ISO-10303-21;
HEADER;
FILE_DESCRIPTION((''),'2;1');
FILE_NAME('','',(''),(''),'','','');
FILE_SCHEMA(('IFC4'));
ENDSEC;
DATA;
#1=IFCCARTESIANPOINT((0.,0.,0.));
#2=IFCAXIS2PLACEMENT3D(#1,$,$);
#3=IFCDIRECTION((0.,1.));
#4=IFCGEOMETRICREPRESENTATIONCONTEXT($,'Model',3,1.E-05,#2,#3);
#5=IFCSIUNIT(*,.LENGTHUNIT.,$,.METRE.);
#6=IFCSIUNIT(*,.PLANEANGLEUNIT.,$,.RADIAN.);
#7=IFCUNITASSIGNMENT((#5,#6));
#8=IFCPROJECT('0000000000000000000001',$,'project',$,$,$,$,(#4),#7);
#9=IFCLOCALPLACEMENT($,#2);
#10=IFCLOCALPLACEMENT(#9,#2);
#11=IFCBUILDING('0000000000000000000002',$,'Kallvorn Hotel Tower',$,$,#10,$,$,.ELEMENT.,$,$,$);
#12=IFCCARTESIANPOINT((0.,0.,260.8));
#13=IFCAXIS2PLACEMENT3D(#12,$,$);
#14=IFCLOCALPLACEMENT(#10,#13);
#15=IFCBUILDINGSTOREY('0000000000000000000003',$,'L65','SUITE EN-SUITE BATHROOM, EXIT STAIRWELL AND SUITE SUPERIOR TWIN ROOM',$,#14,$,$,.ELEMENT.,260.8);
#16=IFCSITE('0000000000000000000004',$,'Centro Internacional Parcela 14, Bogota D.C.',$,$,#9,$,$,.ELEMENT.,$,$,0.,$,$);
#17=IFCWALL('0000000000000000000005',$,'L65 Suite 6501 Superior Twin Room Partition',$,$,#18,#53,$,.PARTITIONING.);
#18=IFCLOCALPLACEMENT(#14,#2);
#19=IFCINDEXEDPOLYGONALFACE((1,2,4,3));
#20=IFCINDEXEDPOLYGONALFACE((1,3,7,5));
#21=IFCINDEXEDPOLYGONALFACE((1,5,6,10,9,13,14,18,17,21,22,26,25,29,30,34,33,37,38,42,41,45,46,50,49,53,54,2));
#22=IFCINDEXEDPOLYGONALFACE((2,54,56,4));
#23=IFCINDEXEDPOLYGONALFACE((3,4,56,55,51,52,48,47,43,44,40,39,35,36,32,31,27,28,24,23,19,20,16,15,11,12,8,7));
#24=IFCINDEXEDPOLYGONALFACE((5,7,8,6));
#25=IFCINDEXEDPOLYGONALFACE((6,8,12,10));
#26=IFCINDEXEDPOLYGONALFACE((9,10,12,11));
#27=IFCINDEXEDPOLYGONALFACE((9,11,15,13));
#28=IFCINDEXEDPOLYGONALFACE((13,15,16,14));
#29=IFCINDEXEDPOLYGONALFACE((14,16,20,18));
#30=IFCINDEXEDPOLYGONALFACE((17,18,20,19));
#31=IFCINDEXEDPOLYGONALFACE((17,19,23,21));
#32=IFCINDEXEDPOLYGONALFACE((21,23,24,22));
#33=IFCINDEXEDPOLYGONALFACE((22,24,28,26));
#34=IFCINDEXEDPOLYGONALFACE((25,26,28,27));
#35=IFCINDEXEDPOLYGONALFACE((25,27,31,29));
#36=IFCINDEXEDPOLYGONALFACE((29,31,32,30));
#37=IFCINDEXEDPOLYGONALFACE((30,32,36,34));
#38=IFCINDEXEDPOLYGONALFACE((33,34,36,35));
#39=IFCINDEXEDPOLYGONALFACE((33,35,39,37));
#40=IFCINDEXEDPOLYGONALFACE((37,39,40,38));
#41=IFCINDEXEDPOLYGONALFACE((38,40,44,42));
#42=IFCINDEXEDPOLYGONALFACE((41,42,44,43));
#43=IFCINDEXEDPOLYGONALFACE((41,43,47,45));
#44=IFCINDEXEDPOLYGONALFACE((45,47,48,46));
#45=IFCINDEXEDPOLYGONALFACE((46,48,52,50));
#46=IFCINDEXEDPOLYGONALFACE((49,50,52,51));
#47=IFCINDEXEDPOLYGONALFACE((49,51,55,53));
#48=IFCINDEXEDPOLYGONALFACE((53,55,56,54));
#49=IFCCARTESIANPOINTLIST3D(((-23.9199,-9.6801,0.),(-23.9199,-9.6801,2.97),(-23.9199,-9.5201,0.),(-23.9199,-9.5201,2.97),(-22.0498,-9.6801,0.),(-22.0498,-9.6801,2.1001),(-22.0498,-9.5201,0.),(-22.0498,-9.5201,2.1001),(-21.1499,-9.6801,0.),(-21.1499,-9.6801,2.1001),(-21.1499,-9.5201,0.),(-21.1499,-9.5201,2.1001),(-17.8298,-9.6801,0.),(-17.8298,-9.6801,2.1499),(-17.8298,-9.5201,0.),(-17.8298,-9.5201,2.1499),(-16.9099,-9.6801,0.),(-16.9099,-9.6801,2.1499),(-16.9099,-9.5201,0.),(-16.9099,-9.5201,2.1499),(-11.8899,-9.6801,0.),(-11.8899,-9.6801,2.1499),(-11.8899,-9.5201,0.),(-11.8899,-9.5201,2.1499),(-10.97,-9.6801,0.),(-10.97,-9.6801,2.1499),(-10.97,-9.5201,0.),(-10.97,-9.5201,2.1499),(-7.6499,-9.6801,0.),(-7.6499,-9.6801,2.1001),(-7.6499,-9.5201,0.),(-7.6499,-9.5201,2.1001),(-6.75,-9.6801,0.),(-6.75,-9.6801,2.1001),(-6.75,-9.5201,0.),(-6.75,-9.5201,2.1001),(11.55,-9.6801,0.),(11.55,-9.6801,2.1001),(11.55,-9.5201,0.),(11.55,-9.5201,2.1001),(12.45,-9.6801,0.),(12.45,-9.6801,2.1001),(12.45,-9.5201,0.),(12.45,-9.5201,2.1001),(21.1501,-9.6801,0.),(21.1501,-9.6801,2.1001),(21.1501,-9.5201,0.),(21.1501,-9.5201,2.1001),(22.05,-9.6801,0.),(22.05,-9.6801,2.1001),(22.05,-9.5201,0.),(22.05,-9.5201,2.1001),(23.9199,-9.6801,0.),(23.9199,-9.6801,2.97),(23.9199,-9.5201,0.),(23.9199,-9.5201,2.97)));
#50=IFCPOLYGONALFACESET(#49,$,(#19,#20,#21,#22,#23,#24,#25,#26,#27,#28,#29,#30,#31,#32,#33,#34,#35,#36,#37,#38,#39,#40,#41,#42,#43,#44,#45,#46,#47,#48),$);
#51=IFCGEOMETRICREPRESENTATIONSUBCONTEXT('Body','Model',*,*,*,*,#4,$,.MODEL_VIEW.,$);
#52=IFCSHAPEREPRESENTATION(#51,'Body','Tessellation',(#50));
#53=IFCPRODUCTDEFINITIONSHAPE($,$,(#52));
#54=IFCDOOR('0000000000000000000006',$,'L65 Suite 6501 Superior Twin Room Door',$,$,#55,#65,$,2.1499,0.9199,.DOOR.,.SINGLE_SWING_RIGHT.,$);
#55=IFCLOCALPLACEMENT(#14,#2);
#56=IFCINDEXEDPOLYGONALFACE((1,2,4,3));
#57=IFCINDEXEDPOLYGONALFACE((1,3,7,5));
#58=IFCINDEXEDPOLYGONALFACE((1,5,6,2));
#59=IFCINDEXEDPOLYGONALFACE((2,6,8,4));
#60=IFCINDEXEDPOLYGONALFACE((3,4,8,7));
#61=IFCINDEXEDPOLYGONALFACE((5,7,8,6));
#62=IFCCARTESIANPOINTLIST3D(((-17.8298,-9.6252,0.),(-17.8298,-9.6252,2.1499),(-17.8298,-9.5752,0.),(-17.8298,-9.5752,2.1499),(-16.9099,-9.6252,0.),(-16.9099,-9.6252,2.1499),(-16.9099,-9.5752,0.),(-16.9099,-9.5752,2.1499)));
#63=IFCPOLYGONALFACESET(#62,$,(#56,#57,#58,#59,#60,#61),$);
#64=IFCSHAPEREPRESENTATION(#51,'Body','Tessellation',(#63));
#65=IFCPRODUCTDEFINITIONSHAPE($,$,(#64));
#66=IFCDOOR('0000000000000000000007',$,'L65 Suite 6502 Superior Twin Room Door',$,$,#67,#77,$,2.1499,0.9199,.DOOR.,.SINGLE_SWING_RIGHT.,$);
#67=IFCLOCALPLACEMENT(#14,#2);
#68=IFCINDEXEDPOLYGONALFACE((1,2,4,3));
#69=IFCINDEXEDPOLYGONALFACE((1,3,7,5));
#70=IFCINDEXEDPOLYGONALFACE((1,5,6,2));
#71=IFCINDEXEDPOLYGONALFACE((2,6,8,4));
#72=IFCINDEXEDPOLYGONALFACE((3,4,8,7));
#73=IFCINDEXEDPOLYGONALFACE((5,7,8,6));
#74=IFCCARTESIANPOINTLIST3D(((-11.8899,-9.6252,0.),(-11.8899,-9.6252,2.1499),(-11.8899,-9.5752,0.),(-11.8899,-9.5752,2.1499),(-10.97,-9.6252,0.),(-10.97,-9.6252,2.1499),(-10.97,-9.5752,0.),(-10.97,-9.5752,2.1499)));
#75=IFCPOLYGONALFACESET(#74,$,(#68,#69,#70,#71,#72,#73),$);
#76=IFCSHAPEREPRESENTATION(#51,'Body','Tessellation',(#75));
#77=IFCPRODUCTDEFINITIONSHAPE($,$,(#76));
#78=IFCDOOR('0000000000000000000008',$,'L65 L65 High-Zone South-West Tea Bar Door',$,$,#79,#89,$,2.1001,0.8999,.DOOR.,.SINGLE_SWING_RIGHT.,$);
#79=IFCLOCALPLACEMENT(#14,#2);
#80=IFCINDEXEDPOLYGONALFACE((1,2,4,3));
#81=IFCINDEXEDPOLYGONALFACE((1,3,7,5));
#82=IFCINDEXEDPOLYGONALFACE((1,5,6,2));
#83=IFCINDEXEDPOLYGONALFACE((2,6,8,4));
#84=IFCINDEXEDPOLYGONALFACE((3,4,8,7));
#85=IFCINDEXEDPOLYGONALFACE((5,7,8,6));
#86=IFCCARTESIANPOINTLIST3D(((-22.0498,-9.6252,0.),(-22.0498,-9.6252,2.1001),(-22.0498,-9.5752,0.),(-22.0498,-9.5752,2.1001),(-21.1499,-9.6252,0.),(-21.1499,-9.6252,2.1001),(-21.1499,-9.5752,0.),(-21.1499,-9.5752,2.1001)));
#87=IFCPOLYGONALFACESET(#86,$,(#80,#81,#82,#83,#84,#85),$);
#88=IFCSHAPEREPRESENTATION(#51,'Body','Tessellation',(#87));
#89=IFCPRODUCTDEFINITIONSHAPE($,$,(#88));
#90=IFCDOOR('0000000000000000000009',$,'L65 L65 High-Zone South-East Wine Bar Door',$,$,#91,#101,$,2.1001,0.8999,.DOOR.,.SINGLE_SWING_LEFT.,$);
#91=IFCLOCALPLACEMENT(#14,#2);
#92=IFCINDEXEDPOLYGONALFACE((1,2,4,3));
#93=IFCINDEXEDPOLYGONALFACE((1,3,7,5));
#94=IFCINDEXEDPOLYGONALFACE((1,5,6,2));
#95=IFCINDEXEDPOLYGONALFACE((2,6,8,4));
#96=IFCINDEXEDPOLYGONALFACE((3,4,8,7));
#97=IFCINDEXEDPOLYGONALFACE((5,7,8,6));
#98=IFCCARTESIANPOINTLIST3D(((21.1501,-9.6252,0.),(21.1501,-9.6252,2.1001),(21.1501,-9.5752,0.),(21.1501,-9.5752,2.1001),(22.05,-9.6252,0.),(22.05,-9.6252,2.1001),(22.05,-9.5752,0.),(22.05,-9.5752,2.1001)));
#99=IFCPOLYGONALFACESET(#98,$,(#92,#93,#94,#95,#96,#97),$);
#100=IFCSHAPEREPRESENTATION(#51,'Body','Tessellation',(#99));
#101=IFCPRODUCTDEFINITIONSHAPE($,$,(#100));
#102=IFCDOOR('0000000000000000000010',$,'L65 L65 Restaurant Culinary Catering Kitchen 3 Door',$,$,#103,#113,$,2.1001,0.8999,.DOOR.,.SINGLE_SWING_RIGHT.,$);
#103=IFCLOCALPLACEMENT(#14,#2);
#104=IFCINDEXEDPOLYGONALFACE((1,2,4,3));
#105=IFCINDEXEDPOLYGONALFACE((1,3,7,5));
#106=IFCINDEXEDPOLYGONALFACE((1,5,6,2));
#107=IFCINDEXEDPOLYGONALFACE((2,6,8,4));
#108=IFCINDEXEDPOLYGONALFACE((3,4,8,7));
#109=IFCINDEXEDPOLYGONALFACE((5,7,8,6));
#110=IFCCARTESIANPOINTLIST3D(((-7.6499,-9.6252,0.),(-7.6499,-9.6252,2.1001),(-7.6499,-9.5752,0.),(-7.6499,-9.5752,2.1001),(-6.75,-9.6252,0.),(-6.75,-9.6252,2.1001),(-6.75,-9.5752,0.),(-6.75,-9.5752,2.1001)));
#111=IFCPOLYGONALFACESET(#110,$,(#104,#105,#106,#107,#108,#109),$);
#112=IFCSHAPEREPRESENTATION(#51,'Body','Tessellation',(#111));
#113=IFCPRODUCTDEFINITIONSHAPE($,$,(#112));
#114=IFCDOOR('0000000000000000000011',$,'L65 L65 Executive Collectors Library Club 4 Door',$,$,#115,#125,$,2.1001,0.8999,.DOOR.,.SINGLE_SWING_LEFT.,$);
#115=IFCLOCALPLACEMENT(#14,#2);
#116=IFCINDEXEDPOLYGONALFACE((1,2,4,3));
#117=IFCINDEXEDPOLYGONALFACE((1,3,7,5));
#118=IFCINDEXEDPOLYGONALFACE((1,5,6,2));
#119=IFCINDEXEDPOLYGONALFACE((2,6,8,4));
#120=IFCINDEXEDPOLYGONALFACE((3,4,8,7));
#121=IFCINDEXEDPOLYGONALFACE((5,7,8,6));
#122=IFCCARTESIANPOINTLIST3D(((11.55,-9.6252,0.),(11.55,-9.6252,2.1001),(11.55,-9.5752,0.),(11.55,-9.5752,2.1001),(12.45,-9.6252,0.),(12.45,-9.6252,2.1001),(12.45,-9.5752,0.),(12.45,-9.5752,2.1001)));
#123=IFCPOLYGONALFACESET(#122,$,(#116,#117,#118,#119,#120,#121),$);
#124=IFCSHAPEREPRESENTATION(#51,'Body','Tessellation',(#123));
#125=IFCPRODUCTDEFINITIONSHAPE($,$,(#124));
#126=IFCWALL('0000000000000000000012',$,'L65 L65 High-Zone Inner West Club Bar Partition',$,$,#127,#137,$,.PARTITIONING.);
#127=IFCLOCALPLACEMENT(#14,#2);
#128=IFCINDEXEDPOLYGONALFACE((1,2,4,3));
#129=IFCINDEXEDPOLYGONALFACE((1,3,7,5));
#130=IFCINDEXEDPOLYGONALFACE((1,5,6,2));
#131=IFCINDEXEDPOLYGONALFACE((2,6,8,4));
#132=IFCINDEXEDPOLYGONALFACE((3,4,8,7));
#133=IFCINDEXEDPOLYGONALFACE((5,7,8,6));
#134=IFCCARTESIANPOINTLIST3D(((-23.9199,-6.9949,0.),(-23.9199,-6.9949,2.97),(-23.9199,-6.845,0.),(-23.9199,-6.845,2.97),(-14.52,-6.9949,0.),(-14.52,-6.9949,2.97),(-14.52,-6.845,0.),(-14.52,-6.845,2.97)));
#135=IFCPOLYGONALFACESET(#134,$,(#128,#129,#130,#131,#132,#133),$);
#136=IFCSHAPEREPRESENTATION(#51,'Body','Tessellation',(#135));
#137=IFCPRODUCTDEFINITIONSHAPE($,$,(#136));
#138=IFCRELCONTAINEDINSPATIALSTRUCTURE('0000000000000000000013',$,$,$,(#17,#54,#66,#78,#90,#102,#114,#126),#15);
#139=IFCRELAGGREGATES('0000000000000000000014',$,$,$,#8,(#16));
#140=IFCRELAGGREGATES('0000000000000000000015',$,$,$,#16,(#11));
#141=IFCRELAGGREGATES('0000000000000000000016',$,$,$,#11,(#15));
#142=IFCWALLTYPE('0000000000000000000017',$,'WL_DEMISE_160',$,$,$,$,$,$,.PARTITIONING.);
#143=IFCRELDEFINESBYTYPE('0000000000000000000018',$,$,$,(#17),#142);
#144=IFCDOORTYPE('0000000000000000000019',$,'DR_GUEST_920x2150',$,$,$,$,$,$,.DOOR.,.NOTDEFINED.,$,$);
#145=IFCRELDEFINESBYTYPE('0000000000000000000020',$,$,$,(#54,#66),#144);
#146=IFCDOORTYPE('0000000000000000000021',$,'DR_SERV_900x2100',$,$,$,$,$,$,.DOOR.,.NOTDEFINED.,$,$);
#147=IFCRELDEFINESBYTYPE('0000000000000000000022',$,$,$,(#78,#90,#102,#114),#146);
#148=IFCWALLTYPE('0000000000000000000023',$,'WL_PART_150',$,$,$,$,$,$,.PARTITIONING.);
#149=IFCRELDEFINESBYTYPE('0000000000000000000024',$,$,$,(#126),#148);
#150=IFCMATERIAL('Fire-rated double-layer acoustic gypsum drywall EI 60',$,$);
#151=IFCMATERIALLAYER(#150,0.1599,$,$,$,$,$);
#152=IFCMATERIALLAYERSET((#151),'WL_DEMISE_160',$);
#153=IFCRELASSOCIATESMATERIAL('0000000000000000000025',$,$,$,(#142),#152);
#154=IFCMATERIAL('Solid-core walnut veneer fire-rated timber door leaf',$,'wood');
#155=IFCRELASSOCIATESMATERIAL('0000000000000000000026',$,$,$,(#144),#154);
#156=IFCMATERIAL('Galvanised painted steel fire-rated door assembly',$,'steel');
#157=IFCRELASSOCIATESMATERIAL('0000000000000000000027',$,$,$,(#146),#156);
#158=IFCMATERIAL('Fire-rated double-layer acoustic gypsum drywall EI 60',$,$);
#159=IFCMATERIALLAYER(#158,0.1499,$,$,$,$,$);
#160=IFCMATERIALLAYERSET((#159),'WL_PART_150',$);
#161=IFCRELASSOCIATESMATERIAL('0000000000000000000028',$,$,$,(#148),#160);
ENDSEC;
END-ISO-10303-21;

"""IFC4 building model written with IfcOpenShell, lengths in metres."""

from ifc_helpers import new_model, si_unit, direction, frame, frame_2d, origin, place, context, subcontext, project, spatial, rectangle, extrude, material, layer, layer_set, type_object, element, fill, save


model = new_model("IFC4")

# Units and contexts
model_context = context("Model", 3, precision=1e-05, world=origin(), true_north=direction((0.0, 1.0)))
body_context = subcontext(model_context, "Body", "Model", "MODEL_VIEW")
ifc_project = project(units=[si_unit("LENGTHUNIT", "METRE"), si_unit("PLANEANGLEUNIT", "RADIAN")], contexts=[model_context])

# Site, building, storey
site_placement = place(None, origin())
site = spatial("IfcSite", under=ifc_project, at=site_placement, Name="Centro Internacional Parcela 14, Bogota D.C.", CompositionType="ELEMENT", RefElevation=0.0)
building_placement = place(site_placement, origin())
building = spatial("IfcBuilding", under=site, at=building_placement, Name="Kallvorn Hotel Tower", CompositionType="ELEMENT")
storey_placement = place(building_placement, frame((0.0, 0.0, 260.8)))
storey = spatial("IfcBuildingStorey", under=building, at=storey_placement, Name="L65", Description="SUITE EN-SUITE BATHROOM, EXIT STAIRWELL AND SUITE SUPERIOR TWIN ROOM", CompositionType="ELEMENT", Elevation=260.8)

# Wall, openings, doors
ifc_material_1 = material(Name="Fire-rated double-layer acoustic gypsum drywall EI 60")
ifc_layer_1 = layer(ifc_material_1, 0.1599)
ifc_layer_set_1 = layer_set([ifc_layer_1], Name="WL_DEMISE_160")
wall_type_1 = type_object("IfcWallType", Name="WL_DEMISE_160", PredefinedType="PARTITIONING", material=ifc_layer_set_1)
wall_1_placement = place(storey_placement, frame((-23.9199, -9.6001, 0.0), z_axis=(0.0, 0.0, 1.0), x_axis=(1.0, 0.0, 0.0)))
wall_1 = element("IfcWall", 1, at=wall_1_placement, inside=storey, type_object=wall_type_1, Name="L65 Suite 6501 Superior Twin Room Partition", PredefinedType="PARTITIONING", context=body_context, shape_type="SweptSolid", body=[
    extrude(rectangle(XDim=47.8398, YDim=0.1599, at=frame_2d((23.9199, 0.0))), origin(), (0.0, 0.0, 1.0), 2.97),
])
opening_1_placement = place(wall_1_placement, frame((1.8701, 0.0, 0.0)))
opening_1 = element("IfcOpeningElement", 2, at=opening_1_placement, cuts=wall_1, PredefinedType="OPENING", context=body_context, shape_type="SweptSolid", body=[
    extrude(rectangle(XDim=0.8999, YDim=2.1001, at=frame_2d((0.45, 1.05))), frame((0.0, 0.095, 0.0), z_axis=(0.0, -1.0, 0.0), x_axis=(1.0, 0.0, 0.0)), (0.0, 0.0, 1.0), 0.1899),
])
opening_2_placement = place(wall_1_placement, frame((45.0701, 0.0, 0.0)))
opening_2 = element("IfcOpeningElement", 3, at=opening_2_placement, cuts=wall_1, PredefinedType="OPENING", context=body_context, shape_type="SweptSolid", body=[
    extrude(rectangle(XDim=0.8999, YDim=2.1001, at=frame_2d((0.45, 1.05))), frame((0.0, 0.095, 0.0), z_axis=(0.0, -1.0, 0.0), x_axis=(1.0, 0.0, 0.0)), (0.0, 0.0, 1.0), 0.1899),
])
opening_3_placement = place(wall_1_placement, frame((6.0901, 0.0, 0.0)))
opening_3 = element("IfcOpeningElement", 4, at=opening_3_placement, cuts=wall_1, PredefinedType="OPENING", context=body_context, shape_type="SweptSolid", body=[
    extrude(rectangle(XDim=0.9199, YDim=2.1499, at=frame_2d((0.46, 1.075))), frame((0.0, 0.095, 0.0), z_axis=(0.0, -1.0, 0.0), x_axis=(1.0, 0.0, 0.0)), (0.0, 0.0, 1.0), 0.1899),
])
opening_4_placement = place(wall_1_placement, frame((12.03, 0.0, 0.0)))
opening_4 = element("IfcOpeningElement", 5, at=opening_4_placement, cuts=wall_1, PredefinedType="OPENING", context=body_context, shape_type="SweptSolid", body=[
    extrude(rectangle(XDim=0.9199, YDim=2.1499, at=frame_2d((0.46, 1.075))), frame((0.0, 0.095, 0.0), z_axis=(0.0, -1.0, 0.0), x_axis=(1.0, 0.0, 0.0)), (0.0, 0.0, 1.0), 0.1899),
])
opening_5_placement = place(wall_1_placement, frame((16.27, 0.0, 0.0)))
opening_5 = element("IfcOpeningElement", 6, at=opening_5_placement, cuts=wall_1, PredefinedType="OPENING", context=body_context, shape_type="SweptSolid", body=[
    extrude(rectangle(XDim=0.8999, YDim=2.1001, at=frame_2d((0.45, 1.05))), frame((0.0, 0.095, 0.0), z_axis=(0.0, -1.0, 0.0), x_axis=(1.0, 0.0, 0.0)), (0.0, 0.0, 1.0), 0.1899),
])
opening_6_placement = place(wall_1_placement, frame((35.47, 0.0, 0.0)))
opening_6 = element("IfcOpeningElement", 7, at=opening_6_placement, cuts=wall_1, PredefinedType="OPENING", context=body_context, shape_type="SweptSolid", body=[
    extrude(rectangle(XDim=0.8999, YDim=2.1001, at=frame_2d((0.45, 1.05))), frame((0.0, 0.095, 0.0), z_axis=(0.0, -1.0, 0.0), x_axis=(1.0, 0.0, 0.0)), (0.0, 0.0, 1.0), 0.1899),
])
ifc_material_2 = material(Name="Solid-core walnut veneer fire-rated timber door leaf", Category="wood")
door_type_1 = type_object("IfcDoorType", Name="DR_GUEST_920x2150", OperationType="NOTDEFINED", PredefinedType="DOOR", material=ifc_material_2)
door_1_placement = place(opening_3_placement, origin())
door_1 = element("IfcDoor", 8, at=door_1_placement, inside=storey, type_object=door_type_1, Name="L65 Suite 6501 Superior Twin Room Door", OperationType="SINGLE_SWING_RIGHT", OverallHeight=2.1499, OverallWidth=0.9199, PredefinedType="DOOR", context=body_context, shape_type="SweptSolid", body=[
    extrude(rectangle(XDim=0.9199, YDim=2.1499, at=frame_2d((0.46, 1.075))), frame((0.0, 0.0249, 0.0), z_axis=(0.0, -1.0, 0.0), x_axis=(1.0, 0.0, 0.0)), (0.0, 0.0, 1.0), 0.05),
])
fill(opening_3, door_1)
door_2_placement = place(opening_4_placement, origin())
door_2 = element("IfcDoor", 9, at=door_2_placement, inside=storey, type_object=door_type_1, Name="L65 Suite 6502 Superior Twin Room Door", OperationType="SINGLE_SWING_RIGHT", OverallHeight=2.1499, OverallWidth=0.9199, PredefinedType="DOOR", context=body_context, shape_type="SweptSolid", body=[
    extrude(rectangle(XDim=0.9199, YDim=2.1499, at=frame_2d((0.46, 1.075))), frame((0.0, 0.0249, 0.0), z_axis=(0.0, -1.0, 0.0), x_axis=(1.0, 0.0, 0.0)), (0.0, 0.0, 1.0), 0.05),
])
fill(opening_4, door_2)
ifc_material_3 = material(Name="Galvanised painted steel fire-rated door assembly", Category="steel")
door_type_2 = type_object("IfcDoorType", Name="DR_SERV_900x2100", OperationType="NOTDEFINED", PredefinedType="DOOR", material=ifc_material_3)
door_3_placement = place(opening_1_placement, origin())
door_3 = element("IfcDoor", 10, at=door_3_placement, inside=storey, type_object=door_type_2, Name="L65 L65 High-Zone South-West Tea Bar Door", OperationType="SINGLE_SWING_RIGHT", OverallHeight=2.1001, OverallWidth=0.8999, PredefinedType="DOOR", context=body_context, shape_type="SweptSolid", body=[
    extrude(rectangle(XDim=0.8999, YDim=2.1001, at=frame_2d((0.45, 1.05))), frame((0.0, 0.0249, 0.0), z_axis=(0.0, -1.0, 0.0), x_axis=(1.0, 0.0, 0.0)), (0.0, 0.0, 1.0), 0.05),
])
fill(opening_1, door_3)
door_4_placement = place(opening_2_placement, origin())
door_4 = element("IfcDoor", 11, at=door_4_placement, inside=storey, type_object=door_type_2, Name="L65 L65 High-Zone South-East Wine Bar Door", OperationType="SINGLE_SWING_LEFT", OverallHeight=2.1001, OverallWidth=0.8999, PredefinedType="DOOR", context=body_context, shape_type="SweptSolid", body=[
    extrude(rectangle(XDim=0.8999, YDim=2.1001, at=frame_2d((0.45, 1.05))), frame((0.0, 0.0249, 0.0), z_axis=(0.0, -1.0, 0.0), x_axis=(1.0, 0.0, 0.0)), (0.0, 0.0, 1.0), 0.05),
])
fill(opening_2, door_4)
door_5_placement = place(opening_5_placement, origin())
door_5 = element("IfcDoor", 12, at=door_5_placement, inside=storey, type_object=door_type_2, Name="L65 L65 Restaurant Culinary Catering Kitchen 3 Door", OperationType="SINGLE_SWING_RIGHT", OverallHeight=2.1001, OverallWidth=0.8999, PredefinedType="DOOR", context=body_context, shape_type="SweptSolid", body=[
    extrude(rectangle(XDim=0.8999, YDim=2.1001, at=frame_2d((0.45, 1.05))), frame((0.0, 0.0249, 0.0), z_axis=(0.0, -1.0, 0.0), x_axis=(1.0, 0.0, 0.0)), (0.0, 0.0, 1.0), 0.05),
])
fill(opening_5, door_5)
door_6_placement = place(opening_6_placement, origin())
door_6 = element("IfcDoor", 13, at=door_6_placement, inside=storey, type_object=door_type_2, Name="L65 L65 Executive Collectors Library Club 4 Door", OperationType="SINGLE_SWING_LEFT", OverallHeight=2.1001, OverallWidth=0.8999, PredefinedType="DOOR", context=body_context, shape_type="SweptSolid", body=[
    extrude(rectangle(XDim=0.8999, YDim=2.1001, at=frame_2d((0.45, 1.05))), frame((0.0, 0.0249, 0.0), z_axis=(0.0, -1.0, 0.0), x_axis=(1.0, 0.0, 0.0)), (0.0, 0.0, 1.0), 0.05),
])
fill(opening_6, door_6)

# Wall
ifc_material_4 = material(Name="Fire-rated double-layer acoustic gypsum drywall EI 60")
ifc_layer_2 = layer(ifc_material_4, 0.1499)
ifc_layer_set_2 = layer_set([ifc_layer_2], Name="WL_PART_150")
wall_type_2 = type_object("IfcWallType", Name="WL_PART_150", PredefinedType="PARTITIONING", material=ifc_layer_set_2)
wall_2_placement = place(storey_placement, frame((-23.9199, -6.9199, 0.0), z_axis=(0.0, 0.0, 1.0), x_axis=(1.0, 0.0, 0.0)))
element("IfcWall", 14, at=wall_2_placement, inside=storey, type_object=wall_type_2, Name="L65 L65 High-Zone Inner West Club Bar Partition", PredefinedType="PARTITIONING", context=body_context, shape_type="SweptSolid", body=[
    extrude(rectangle(XDim=9.3999, YDim=0.1499, at=frame_2d((4.7, 0.0))), origin(), (0.0, 0.0, 1.0), 2.97),
])

save(model, "model.ifc")
